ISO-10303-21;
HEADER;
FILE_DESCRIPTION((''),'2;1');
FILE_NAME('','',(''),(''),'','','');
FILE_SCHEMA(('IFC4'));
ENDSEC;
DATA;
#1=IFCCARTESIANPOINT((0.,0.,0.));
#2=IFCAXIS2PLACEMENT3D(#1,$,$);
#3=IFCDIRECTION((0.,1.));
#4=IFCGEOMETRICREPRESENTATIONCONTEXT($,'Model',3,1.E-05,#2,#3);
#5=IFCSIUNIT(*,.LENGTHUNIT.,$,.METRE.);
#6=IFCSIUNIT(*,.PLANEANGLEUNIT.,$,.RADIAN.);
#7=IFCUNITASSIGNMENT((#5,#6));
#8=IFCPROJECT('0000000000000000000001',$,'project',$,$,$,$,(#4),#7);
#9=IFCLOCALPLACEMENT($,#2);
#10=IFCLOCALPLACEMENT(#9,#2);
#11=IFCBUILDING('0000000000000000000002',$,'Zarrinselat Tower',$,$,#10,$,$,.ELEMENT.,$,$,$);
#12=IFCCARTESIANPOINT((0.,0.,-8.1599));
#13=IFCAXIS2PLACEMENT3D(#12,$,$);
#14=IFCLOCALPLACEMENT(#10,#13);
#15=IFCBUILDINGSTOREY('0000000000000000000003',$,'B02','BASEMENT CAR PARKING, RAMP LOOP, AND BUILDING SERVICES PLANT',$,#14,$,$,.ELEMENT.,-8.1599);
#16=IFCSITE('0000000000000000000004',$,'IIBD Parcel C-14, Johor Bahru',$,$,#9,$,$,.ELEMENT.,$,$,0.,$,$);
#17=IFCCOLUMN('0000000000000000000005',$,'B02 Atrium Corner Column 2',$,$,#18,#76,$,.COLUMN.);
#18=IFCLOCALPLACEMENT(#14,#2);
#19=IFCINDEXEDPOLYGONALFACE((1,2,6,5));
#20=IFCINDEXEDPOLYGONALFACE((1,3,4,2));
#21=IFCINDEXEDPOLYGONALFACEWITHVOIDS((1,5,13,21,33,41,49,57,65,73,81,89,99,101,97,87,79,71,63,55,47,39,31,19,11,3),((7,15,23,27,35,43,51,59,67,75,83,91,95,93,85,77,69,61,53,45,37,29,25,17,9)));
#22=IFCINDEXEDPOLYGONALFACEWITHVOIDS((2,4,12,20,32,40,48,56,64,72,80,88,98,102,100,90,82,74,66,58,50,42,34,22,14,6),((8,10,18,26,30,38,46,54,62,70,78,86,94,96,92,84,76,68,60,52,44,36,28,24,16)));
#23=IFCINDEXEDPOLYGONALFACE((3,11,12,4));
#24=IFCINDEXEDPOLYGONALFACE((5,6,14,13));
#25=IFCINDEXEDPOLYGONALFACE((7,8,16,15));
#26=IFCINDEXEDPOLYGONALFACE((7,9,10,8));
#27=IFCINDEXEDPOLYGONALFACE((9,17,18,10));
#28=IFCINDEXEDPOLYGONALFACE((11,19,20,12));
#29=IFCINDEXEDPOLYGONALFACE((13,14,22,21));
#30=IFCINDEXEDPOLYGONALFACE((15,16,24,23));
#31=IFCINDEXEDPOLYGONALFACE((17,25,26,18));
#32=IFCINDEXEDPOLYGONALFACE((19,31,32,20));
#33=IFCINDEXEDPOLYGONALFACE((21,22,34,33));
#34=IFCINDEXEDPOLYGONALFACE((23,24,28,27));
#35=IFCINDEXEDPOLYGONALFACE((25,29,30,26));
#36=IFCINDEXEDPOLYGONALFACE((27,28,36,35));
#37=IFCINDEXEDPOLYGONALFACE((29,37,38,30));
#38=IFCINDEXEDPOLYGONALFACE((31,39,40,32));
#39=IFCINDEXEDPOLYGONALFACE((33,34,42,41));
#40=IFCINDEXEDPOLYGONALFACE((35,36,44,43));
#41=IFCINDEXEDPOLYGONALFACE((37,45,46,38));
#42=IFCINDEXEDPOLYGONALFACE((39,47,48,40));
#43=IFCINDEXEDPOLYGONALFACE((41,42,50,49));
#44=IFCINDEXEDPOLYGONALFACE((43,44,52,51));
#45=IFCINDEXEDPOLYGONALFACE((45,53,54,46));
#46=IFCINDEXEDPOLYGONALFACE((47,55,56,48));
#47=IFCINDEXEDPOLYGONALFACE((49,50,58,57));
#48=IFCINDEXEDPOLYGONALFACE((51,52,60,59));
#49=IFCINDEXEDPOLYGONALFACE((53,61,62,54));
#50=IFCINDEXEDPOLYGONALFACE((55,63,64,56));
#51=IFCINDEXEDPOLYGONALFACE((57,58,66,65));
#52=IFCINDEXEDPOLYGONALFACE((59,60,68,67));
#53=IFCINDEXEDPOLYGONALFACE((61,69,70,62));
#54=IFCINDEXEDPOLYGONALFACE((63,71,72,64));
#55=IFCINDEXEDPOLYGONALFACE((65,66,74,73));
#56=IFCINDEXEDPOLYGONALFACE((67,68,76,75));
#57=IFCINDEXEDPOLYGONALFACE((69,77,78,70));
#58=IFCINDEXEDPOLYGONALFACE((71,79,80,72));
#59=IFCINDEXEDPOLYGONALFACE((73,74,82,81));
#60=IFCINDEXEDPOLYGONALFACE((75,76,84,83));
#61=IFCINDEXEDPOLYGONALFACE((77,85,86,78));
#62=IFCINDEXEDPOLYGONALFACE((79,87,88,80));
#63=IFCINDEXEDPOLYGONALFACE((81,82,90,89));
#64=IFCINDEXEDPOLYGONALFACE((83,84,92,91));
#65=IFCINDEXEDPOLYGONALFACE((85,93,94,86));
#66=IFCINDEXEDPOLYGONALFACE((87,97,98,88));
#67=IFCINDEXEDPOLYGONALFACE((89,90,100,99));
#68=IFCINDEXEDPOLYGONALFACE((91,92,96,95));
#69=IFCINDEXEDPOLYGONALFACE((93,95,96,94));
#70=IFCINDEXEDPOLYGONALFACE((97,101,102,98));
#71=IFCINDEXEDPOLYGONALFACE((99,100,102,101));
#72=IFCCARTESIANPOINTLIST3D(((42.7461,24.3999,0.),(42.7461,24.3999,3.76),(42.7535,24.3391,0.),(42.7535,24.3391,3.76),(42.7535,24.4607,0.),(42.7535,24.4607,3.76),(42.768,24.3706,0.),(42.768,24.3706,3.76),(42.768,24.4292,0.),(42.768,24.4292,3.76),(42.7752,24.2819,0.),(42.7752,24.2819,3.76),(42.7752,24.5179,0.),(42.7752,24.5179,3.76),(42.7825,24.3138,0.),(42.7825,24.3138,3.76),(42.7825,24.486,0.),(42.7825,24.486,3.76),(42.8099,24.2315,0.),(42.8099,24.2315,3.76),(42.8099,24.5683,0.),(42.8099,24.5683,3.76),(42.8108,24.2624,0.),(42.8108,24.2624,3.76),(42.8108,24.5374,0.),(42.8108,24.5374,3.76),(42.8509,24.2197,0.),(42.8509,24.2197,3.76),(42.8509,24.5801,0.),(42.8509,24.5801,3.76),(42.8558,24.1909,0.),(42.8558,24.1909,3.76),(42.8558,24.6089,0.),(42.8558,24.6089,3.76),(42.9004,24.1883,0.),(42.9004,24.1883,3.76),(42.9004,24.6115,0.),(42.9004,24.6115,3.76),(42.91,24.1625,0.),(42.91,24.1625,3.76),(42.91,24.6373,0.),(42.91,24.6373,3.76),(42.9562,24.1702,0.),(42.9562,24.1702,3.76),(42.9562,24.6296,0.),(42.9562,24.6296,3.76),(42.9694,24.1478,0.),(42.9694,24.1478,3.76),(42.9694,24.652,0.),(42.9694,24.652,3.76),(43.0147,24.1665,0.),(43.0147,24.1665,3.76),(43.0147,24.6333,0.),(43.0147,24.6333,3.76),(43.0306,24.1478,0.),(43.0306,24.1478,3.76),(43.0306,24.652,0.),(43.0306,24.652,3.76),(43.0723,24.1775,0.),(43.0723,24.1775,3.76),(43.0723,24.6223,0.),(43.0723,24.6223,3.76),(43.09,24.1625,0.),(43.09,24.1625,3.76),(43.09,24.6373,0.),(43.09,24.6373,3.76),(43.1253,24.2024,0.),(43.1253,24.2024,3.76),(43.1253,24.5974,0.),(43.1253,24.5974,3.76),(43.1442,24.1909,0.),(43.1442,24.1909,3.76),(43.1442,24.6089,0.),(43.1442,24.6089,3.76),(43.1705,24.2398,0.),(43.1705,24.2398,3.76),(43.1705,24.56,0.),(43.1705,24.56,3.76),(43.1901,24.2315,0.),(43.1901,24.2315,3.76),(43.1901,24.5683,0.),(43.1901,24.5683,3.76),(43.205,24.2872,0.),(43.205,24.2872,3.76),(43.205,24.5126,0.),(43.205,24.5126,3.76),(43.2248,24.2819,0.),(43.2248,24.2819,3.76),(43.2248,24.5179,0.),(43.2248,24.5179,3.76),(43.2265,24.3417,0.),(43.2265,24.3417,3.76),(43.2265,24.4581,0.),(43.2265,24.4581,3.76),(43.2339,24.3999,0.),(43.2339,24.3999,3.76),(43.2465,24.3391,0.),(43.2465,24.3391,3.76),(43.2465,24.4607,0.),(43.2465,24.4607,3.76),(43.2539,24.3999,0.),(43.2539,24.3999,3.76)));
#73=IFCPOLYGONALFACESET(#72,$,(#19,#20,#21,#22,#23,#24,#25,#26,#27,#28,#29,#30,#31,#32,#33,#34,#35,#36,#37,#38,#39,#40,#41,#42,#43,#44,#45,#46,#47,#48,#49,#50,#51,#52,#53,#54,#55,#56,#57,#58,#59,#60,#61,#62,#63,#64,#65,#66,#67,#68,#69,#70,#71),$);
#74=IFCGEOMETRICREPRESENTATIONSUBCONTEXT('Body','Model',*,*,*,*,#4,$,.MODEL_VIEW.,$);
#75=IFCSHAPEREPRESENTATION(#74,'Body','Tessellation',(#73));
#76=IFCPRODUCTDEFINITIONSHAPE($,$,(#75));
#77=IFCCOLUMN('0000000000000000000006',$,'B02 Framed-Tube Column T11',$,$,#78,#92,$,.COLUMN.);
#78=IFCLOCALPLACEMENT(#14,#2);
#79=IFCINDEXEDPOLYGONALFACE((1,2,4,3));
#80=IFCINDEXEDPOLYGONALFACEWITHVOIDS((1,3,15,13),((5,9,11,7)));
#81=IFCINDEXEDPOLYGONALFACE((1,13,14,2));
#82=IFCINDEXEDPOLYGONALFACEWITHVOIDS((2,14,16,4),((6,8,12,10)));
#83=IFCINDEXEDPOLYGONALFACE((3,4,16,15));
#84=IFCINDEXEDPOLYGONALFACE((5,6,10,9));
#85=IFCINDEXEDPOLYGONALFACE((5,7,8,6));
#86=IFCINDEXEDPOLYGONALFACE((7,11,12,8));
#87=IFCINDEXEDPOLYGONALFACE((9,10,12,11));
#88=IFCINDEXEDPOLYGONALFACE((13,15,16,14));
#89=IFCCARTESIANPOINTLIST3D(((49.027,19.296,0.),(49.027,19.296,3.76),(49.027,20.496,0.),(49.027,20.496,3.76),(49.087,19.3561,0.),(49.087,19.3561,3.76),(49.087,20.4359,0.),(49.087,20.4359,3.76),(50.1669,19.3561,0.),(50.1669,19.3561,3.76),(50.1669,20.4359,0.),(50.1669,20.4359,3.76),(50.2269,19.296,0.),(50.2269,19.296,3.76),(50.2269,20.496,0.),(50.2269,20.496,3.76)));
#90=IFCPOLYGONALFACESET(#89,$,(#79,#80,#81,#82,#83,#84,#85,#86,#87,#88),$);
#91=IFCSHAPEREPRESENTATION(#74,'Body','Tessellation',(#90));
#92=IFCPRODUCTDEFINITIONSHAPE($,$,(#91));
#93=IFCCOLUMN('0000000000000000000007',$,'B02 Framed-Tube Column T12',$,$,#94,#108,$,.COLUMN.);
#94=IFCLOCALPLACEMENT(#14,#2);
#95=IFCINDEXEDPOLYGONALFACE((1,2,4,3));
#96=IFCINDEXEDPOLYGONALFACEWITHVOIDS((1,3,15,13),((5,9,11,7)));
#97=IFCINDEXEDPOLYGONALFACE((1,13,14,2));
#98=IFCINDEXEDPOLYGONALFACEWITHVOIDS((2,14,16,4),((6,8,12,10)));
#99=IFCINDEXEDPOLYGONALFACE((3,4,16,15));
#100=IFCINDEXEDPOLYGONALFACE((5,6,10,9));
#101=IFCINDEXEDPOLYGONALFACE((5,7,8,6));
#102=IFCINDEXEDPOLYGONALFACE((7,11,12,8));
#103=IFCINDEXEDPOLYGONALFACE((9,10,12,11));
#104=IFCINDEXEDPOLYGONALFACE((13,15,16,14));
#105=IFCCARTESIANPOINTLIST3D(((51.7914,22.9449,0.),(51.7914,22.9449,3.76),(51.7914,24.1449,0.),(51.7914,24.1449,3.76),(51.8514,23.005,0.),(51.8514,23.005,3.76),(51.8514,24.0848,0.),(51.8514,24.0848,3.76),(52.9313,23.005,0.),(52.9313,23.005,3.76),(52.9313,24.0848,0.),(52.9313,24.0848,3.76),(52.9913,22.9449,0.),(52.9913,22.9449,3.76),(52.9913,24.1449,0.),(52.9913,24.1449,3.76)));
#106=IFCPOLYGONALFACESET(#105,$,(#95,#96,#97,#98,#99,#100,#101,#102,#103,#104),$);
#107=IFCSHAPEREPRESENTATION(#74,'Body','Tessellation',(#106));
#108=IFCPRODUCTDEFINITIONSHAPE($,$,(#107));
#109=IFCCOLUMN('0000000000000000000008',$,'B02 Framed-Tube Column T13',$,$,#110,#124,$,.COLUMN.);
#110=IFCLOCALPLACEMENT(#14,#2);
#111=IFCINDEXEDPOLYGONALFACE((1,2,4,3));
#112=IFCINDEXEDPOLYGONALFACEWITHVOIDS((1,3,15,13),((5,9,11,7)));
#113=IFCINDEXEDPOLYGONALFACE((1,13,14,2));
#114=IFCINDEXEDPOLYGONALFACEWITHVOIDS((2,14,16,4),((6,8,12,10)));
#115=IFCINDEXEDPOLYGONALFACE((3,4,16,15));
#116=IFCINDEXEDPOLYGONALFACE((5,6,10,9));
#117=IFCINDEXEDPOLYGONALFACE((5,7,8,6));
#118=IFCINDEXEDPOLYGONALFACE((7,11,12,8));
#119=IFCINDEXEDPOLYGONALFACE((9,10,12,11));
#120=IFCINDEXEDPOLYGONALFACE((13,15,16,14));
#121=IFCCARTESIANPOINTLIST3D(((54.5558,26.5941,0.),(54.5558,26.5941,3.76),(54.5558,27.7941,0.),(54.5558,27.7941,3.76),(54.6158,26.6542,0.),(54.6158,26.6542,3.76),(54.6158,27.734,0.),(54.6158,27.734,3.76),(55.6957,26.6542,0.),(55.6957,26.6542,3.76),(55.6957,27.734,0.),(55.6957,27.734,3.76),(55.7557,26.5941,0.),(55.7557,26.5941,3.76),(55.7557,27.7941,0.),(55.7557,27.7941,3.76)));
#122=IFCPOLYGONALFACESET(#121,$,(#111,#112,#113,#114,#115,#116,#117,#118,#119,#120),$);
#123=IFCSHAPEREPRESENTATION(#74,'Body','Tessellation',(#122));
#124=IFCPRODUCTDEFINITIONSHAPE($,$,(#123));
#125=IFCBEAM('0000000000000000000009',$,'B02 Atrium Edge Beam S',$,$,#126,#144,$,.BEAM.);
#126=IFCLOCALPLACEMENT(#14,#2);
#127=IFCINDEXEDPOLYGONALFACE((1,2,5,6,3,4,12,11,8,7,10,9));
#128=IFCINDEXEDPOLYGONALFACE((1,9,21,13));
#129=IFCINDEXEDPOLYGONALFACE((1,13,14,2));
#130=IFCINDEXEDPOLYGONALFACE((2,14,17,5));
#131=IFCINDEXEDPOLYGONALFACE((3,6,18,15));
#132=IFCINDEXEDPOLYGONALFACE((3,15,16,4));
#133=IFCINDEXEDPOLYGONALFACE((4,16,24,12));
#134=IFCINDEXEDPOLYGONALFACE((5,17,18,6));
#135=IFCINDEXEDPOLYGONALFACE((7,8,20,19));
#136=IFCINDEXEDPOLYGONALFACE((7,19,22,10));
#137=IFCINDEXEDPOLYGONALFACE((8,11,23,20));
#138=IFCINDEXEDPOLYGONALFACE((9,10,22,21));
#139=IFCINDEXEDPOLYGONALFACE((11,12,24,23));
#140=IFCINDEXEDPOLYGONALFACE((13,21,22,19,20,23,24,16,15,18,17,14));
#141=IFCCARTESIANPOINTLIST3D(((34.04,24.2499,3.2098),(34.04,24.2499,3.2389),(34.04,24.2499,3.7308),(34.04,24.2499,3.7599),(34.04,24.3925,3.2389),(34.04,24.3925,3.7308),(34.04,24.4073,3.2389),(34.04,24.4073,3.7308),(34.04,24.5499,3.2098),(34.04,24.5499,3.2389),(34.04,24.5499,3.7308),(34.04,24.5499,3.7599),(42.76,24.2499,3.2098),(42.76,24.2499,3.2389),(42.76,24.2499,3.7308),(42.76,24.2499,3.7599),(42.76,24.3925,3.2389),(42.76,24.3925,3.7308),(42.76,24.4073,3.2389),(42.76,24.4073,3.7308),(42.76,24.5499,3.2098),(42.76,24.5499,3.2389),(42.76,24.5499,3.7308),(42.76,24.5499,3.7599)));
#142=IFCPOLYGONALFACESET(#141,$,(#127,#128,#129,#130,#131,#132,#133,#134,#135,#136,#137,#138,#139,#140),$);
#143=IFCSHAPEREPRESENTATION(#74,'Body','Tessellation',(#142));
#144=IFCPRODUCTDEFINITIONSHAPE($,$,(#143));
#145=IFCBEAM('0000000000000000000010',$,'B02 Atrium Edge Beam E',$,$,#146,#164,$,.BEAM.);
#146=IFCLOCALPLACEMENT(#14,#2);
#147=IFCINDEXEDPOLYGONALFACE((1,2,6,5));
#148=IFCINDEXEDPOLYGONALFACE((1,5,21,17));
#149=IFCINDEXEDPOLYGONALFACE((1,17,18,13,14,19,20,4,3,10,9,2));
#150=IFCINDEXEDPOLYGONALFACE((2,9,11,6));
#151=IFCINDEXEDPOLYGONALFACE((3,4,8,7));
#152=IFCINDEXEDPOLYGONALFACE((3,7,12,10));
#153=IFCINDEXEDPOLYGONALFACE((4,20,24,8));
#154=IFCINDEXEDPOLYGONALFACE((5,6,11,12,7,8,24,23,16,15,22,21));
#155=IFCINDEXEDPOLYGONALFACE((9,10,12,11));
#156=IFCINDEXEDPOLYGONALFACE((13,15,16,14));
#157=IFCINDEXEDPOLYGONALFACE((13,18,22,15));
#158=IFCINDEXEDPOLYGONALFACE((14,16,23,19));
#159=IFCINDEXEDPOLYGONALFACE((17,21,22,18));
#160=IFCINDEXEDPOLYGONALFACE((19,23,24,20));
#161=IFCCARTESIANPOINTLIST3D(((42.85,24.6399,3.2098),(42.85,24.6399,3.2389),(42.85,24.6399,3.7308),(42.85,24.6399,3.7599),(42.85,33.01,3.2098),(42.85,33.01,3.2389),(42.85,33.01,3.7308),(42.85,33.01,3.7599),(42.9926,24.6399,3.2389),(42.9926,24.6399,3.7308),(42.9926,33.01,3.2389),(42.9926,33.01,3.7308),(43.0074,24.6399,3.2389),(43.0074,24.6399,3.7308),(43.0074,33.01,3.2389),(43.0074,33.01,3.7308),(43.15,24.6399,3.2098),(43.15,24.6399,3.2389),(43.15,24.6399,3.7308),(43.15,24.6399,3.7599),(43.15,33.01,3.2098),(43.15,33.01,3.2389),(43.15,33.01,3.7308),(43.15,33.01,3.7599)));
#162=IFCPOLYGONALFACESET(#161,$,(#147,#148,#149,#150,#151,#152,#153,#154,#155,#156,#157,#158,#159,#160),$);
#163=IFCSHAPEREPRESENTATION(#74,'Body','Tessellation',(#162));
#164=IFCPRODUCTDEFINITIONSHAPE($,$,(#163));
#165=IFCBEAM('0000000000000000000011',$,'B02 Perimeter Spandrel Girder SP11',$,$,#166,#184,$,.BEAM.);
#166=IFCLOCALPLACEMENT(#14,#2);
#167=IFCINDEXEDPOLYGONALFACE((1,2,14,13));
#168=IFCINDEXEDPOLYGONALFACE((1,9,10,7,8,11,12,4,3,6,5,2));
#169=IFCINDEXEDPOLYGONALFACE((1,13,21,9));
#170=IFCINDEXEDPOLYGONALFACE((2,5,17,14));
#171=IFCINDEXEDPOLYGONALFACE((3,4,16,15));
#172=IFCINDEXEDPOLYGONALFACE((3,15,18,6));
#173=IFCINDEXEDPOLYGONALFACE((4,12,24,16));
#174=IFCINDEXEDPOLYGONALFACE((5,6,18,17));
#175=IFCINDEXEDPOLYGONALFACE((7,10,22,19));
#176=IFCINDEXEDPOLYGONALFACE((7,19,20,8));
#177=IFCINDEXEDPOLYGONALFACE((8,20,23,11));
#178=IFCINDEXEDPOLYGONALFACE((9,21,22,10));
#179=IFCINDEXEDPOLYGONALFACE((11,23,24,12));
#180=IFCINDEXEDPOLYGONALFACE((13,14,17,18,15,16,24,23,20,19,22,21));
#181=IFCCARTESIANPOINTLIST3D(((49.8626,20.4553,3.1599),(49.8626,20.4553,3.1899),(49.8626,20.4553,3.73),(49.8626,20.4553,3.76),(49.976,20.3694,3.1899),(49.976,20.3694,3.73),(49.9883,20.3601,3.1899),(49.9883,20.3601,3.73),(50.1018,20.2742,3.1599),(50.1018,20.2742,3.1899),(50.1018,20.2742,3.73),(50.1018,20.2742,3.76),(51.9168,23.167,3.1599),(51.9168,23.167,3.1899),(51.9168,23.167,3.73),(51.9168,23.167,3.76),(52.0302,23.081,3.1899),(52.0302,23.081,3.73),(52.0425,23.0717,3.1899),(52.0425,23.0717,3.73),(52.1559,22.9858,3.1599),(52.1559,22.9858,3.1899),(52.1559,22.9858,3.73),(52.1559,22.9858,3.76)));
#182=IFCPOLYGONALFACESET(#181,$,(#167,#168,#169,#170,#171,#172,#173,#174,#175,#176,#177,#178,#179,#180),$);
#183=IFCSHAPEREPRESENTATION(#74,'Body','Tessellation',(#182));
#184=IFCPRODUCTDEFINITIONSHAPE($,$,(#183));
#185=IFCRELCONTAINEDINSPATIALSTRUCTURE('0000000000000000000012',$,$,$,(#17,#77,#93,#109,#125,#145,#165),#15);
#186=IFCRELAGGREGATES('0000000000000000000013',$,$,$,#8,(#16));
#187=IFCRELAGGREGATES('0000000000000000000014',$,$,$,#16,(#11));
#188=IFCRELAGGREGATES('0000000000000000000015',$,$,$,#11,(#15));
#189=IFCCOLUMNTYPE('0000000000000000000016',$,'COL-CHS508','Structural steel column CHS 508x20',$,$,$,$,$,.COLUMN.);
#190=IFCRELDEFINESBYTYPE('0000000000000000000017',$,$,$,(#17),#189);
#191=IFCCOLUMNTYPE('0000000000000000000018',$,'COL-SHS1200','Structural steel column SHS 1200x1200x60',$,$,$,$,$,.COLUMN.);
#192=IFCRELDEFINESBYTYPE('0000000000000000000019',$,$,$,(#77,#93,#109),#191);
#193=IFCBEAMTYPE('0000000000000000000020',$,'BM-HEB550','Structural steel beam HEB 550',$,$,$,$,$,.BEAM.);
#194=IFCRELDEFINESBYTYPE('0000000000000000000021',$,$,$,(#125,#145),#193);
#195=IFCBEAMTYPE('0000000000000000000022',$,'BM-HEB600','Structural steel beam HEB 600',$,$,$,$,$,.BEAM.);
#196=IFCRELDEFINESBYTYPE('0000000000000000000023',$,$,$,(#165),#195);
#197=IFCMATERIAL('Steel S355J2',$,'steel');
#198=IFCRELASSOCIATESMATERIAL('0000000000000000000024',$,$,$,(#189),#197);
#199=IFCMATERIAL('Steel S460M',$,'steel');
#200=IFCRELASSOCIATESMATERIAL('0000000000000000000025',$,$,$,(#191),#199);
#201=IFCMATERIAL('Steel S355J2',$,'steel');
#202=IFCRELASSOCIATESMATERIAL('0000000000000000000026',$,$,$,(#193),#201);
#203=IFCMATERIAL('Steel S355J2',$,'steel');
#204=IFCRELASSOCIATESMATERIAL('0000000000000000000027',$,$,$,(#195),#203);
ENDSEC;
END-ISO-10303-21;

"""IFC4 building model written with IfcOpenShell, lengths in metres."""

from ifc_helpers import new_model, si_unit, direction, frame, origin, origin_2d, place, context, subcontext, project, spatial, hollow_rectangle, hollow_circle, i_section, extrude, material, material_profile, profile_set, type_object, element, save


model = new_model("IFC4")

# Units and contexts
model_context = context("Model", 3, precision=1e-05, world=origin(), true_north=direction((0.0, 1.0)))
body_context = subcontext(model_context, "Body", "Model", "MODEL_VIEW")
ifc_project = project(units=[si_unit("LENGTHUNIT", "METRE"), si_unit("PLANEANGLEUNIT", "RADIAN")], contexts=[model_context])

# Site, building, storey
site_placement = place(None, origin())
site = spatial("IfcSite", under=ifc_project, at=site_placement, Name="IIBD Parcel C-14, Johor Bahru", CompositionType="ELEMENT", RefElevation=0.0)
building_placement = place(site_placement, origin())
building = spatial("IfcBuilding", under=site, at=building_placement, Name="Zarrinselat Tower", CompositionType="ELEMENT")
storey_placement = place(building_placement, frame((0.0, 0.0, -8.1599)))
storey = spatial("IfcBuildingStorey", under=building, at=storey_placement, Name="B02", Description="BASEMENT CAR PARKING, RAMP LOOP, AND BUILDING SERVICES PLANT", CompositionType="ELEMENT", Elevation=-8.1599)

# Columns
ifc_material_1 = material(Name="Steel S355J2", Category="steel")
ifc_material_profile_1 = material_profile(ifc_material_1, hollow_circle(Radius=0.2539, WallThickness=0.02, at=origin_2d()), Name="CHS 508x20")
ifc_profile_set_1 = profile_set([ifc_material_profile_1], Name="Steel S355J2")
column_type_1 = type_object("IfcColumnType", Name="COL-CHS508", Description="Structural steel column CHS 508x20", PredefinedType="COLUMN", material=ifc_profile_set_1)
column_placement = place(storey_placement, frame((43.0, 24.3999, 0.0), z_axis=(0.0, 0.0, 1.0), x_axis=(1.0, 0.0, 0.0)))
element("IfcColumn", 1, at=column_placement, inside=storey, type_object=column_type_1, Name="B02 Atrium Corner Column 2", PredefinedType="COLUMN", context=body_context, shape_type="SweptSolid", body=[
    extrude(hollow_circle(Radius=0.2539, WallThickness=0.02, at=origin_2d()), origin(), (0.0, 0.0, 1.0), 3.76),
])
ifc_material_2 = material(Name="Steel S460M", Category="steel")
ifc_material_profile_2 = material_profile(ifc_material_2, hollow_rectangle(XDim=1.2, YDim=1.2, WallThickness=0.0601, at=origin_2d()), Name="SHS 1200x1200x60")
ifc_profile_set_2 = profile_set([ifc_material_profile_2], Name="Steel S460M")
column_type_2 = type_object("IfcColumnType", Name="COL-SHS1200", Description="Structural steel column SHS 1200x1200x60", PredefinedType="COLUMN", material=ifc_profile_set_2)
for number, where, z_axis, x_axis, name in (
    (2, (49.627, 19.896, 0.0), (0.0, 0.0, 1.0), (1.0, 0.0, 0.0), "B02 Framed-Tube Column T11"),
    (3, (52.3914, 23.5449, 0.0), (0.0, 0.0, 1.0), (1.0, 0.0, 0.0), "B02 Framed-Tube Column T12"),
    (4, (55.1558, 27.1941, 0.0), (0.0, 0.0, 1.0), (1.0, 0.0, 0.0), "B02 Framed-Tube Column T13"),
):
    element("IfcColumn", number, at=place(storey_placement, frame(where, z_axis=z_axis, x_axis=x_axis)), inside=storey, type_object=column_type_2, Name=name, PredefinedType="COLUMN", context=body_context, shape_type="SweptSolid", body=[
        extrude(hollow_rectangle(XDim=1.2, YDim=1.2, WallThickness=0.0601, at=origin_2d()), origin(), (0.0, 0.0, 1.0), 3.76),
    ])

# Beams
ifc_material_3 = material(Name="Steel S355J2", Category="steel")
ifc_material_profile_3 = material_profile(ifc_material_3, i_section(OverallWidth=0.3, OverallDepth=0.55, WebThickness=0.0149, FlangeThickness=0.0291, at=origin_2d()), Name="HEB 550")
ifc_profile_set_3 = profile_set([ifc_material_profile_3], Name="Steel S355J2")
beam_type_1 = type_object("IfcBeamType", Name="BM-HEB550", Description="Structural steel beam HEB 550", PredefinedType="BEAM", material=ifc_profile_set_3)
beam_1_placement = place(storey_placement, frame((34.04, 24.3999, 3.4849), z_axis=(1.0, 0.0, 0.0), x_axis=(0.0, 1.0, 0.0)))
element("IfcBeam", 5, at=beam_1_placement, inside=storey, type_object=beam_type_1, Name="B02 Atrium Edge Beam S", PredefinedType="BEAM", context=body_context, shape_type="SweptSolid", body=[
    extrude(i_section(OverallWidth=0.3, OverallDepth=0.55, WebThickness=0.0149, FlangeThickness=0.0291, at=origin_2d()), origin(), (0.0, 0.0, 1.0), 8.72),
])
beam_2_placement = place(storey_placement, frame((43.0, 24.6399, 3.4849), z_axis=(0.0, 1.0, 0.0), x_axis=(-1.0, 0.0, 0.0)))
element("IfcBeam", 6, at=beam_2_placement, inside=storey, type_object=beam_type_1, Name="B02 Atrium Edge Beam E", PredefinedType="BEAM", context=body_context, shape_type="SweptSolid", body=[
    extrude(i_section(OverallWidth=0.3, OverallDepth=0.55, WebThickness=0.0149, FlangeThickness=0.0291, at=origin_2d()), origin(), (0.0, 0.0, 1.0), 8.3701),
])
ifc_material_4 = material(Name="Steel S355J2", Category="steel")
ifc_material_profile_4 = material_profile(ifc_material_4, i_section(OverallWidth=0.3, OverallDepth=0.6001, WebThickness=0.0154, FlangeThickness=0.03, at=origin_2d()), Name="HEB 600")
ifc_profile_set_4 = profile_set([ifc_material_profile_4], Name="Steel S355J2")
beam_type_2 = type_object("IfcBeamType", Name="BM-HEB600", Description="Structural steel beam HEB 600", PredefinedType="BEAM", material=ifc_profile_set_4)
for number, where, z_axis, x_axis, name in (
    (7, (49.9822, 20.3647, 3.46), (0.60384, 0.797106, 0.0), (-0.797106, 0.60384, 0.0), "B02 Perimeter Spandrel Girder SP11"),
):
    element("IfcBeam", number, at=place(storey_placement, frame(where, z_axis=z_axis, x_axis=x_axis)), inside=storey, type_object=beam_type_2, Name=name, PredefinedType="BEAM", context=body_context, shape_type="SweptSolid", body=[
        extrude(i_section(OverallWidth=0.3, OverallDepth=0.6001, WebThickness=0.0154, FlangeThickness=0.03, at=origin_2d()), origin(), (0.0, 0.0, 1.0), 3.4019),
    ])

save(model, "model.ifc")
